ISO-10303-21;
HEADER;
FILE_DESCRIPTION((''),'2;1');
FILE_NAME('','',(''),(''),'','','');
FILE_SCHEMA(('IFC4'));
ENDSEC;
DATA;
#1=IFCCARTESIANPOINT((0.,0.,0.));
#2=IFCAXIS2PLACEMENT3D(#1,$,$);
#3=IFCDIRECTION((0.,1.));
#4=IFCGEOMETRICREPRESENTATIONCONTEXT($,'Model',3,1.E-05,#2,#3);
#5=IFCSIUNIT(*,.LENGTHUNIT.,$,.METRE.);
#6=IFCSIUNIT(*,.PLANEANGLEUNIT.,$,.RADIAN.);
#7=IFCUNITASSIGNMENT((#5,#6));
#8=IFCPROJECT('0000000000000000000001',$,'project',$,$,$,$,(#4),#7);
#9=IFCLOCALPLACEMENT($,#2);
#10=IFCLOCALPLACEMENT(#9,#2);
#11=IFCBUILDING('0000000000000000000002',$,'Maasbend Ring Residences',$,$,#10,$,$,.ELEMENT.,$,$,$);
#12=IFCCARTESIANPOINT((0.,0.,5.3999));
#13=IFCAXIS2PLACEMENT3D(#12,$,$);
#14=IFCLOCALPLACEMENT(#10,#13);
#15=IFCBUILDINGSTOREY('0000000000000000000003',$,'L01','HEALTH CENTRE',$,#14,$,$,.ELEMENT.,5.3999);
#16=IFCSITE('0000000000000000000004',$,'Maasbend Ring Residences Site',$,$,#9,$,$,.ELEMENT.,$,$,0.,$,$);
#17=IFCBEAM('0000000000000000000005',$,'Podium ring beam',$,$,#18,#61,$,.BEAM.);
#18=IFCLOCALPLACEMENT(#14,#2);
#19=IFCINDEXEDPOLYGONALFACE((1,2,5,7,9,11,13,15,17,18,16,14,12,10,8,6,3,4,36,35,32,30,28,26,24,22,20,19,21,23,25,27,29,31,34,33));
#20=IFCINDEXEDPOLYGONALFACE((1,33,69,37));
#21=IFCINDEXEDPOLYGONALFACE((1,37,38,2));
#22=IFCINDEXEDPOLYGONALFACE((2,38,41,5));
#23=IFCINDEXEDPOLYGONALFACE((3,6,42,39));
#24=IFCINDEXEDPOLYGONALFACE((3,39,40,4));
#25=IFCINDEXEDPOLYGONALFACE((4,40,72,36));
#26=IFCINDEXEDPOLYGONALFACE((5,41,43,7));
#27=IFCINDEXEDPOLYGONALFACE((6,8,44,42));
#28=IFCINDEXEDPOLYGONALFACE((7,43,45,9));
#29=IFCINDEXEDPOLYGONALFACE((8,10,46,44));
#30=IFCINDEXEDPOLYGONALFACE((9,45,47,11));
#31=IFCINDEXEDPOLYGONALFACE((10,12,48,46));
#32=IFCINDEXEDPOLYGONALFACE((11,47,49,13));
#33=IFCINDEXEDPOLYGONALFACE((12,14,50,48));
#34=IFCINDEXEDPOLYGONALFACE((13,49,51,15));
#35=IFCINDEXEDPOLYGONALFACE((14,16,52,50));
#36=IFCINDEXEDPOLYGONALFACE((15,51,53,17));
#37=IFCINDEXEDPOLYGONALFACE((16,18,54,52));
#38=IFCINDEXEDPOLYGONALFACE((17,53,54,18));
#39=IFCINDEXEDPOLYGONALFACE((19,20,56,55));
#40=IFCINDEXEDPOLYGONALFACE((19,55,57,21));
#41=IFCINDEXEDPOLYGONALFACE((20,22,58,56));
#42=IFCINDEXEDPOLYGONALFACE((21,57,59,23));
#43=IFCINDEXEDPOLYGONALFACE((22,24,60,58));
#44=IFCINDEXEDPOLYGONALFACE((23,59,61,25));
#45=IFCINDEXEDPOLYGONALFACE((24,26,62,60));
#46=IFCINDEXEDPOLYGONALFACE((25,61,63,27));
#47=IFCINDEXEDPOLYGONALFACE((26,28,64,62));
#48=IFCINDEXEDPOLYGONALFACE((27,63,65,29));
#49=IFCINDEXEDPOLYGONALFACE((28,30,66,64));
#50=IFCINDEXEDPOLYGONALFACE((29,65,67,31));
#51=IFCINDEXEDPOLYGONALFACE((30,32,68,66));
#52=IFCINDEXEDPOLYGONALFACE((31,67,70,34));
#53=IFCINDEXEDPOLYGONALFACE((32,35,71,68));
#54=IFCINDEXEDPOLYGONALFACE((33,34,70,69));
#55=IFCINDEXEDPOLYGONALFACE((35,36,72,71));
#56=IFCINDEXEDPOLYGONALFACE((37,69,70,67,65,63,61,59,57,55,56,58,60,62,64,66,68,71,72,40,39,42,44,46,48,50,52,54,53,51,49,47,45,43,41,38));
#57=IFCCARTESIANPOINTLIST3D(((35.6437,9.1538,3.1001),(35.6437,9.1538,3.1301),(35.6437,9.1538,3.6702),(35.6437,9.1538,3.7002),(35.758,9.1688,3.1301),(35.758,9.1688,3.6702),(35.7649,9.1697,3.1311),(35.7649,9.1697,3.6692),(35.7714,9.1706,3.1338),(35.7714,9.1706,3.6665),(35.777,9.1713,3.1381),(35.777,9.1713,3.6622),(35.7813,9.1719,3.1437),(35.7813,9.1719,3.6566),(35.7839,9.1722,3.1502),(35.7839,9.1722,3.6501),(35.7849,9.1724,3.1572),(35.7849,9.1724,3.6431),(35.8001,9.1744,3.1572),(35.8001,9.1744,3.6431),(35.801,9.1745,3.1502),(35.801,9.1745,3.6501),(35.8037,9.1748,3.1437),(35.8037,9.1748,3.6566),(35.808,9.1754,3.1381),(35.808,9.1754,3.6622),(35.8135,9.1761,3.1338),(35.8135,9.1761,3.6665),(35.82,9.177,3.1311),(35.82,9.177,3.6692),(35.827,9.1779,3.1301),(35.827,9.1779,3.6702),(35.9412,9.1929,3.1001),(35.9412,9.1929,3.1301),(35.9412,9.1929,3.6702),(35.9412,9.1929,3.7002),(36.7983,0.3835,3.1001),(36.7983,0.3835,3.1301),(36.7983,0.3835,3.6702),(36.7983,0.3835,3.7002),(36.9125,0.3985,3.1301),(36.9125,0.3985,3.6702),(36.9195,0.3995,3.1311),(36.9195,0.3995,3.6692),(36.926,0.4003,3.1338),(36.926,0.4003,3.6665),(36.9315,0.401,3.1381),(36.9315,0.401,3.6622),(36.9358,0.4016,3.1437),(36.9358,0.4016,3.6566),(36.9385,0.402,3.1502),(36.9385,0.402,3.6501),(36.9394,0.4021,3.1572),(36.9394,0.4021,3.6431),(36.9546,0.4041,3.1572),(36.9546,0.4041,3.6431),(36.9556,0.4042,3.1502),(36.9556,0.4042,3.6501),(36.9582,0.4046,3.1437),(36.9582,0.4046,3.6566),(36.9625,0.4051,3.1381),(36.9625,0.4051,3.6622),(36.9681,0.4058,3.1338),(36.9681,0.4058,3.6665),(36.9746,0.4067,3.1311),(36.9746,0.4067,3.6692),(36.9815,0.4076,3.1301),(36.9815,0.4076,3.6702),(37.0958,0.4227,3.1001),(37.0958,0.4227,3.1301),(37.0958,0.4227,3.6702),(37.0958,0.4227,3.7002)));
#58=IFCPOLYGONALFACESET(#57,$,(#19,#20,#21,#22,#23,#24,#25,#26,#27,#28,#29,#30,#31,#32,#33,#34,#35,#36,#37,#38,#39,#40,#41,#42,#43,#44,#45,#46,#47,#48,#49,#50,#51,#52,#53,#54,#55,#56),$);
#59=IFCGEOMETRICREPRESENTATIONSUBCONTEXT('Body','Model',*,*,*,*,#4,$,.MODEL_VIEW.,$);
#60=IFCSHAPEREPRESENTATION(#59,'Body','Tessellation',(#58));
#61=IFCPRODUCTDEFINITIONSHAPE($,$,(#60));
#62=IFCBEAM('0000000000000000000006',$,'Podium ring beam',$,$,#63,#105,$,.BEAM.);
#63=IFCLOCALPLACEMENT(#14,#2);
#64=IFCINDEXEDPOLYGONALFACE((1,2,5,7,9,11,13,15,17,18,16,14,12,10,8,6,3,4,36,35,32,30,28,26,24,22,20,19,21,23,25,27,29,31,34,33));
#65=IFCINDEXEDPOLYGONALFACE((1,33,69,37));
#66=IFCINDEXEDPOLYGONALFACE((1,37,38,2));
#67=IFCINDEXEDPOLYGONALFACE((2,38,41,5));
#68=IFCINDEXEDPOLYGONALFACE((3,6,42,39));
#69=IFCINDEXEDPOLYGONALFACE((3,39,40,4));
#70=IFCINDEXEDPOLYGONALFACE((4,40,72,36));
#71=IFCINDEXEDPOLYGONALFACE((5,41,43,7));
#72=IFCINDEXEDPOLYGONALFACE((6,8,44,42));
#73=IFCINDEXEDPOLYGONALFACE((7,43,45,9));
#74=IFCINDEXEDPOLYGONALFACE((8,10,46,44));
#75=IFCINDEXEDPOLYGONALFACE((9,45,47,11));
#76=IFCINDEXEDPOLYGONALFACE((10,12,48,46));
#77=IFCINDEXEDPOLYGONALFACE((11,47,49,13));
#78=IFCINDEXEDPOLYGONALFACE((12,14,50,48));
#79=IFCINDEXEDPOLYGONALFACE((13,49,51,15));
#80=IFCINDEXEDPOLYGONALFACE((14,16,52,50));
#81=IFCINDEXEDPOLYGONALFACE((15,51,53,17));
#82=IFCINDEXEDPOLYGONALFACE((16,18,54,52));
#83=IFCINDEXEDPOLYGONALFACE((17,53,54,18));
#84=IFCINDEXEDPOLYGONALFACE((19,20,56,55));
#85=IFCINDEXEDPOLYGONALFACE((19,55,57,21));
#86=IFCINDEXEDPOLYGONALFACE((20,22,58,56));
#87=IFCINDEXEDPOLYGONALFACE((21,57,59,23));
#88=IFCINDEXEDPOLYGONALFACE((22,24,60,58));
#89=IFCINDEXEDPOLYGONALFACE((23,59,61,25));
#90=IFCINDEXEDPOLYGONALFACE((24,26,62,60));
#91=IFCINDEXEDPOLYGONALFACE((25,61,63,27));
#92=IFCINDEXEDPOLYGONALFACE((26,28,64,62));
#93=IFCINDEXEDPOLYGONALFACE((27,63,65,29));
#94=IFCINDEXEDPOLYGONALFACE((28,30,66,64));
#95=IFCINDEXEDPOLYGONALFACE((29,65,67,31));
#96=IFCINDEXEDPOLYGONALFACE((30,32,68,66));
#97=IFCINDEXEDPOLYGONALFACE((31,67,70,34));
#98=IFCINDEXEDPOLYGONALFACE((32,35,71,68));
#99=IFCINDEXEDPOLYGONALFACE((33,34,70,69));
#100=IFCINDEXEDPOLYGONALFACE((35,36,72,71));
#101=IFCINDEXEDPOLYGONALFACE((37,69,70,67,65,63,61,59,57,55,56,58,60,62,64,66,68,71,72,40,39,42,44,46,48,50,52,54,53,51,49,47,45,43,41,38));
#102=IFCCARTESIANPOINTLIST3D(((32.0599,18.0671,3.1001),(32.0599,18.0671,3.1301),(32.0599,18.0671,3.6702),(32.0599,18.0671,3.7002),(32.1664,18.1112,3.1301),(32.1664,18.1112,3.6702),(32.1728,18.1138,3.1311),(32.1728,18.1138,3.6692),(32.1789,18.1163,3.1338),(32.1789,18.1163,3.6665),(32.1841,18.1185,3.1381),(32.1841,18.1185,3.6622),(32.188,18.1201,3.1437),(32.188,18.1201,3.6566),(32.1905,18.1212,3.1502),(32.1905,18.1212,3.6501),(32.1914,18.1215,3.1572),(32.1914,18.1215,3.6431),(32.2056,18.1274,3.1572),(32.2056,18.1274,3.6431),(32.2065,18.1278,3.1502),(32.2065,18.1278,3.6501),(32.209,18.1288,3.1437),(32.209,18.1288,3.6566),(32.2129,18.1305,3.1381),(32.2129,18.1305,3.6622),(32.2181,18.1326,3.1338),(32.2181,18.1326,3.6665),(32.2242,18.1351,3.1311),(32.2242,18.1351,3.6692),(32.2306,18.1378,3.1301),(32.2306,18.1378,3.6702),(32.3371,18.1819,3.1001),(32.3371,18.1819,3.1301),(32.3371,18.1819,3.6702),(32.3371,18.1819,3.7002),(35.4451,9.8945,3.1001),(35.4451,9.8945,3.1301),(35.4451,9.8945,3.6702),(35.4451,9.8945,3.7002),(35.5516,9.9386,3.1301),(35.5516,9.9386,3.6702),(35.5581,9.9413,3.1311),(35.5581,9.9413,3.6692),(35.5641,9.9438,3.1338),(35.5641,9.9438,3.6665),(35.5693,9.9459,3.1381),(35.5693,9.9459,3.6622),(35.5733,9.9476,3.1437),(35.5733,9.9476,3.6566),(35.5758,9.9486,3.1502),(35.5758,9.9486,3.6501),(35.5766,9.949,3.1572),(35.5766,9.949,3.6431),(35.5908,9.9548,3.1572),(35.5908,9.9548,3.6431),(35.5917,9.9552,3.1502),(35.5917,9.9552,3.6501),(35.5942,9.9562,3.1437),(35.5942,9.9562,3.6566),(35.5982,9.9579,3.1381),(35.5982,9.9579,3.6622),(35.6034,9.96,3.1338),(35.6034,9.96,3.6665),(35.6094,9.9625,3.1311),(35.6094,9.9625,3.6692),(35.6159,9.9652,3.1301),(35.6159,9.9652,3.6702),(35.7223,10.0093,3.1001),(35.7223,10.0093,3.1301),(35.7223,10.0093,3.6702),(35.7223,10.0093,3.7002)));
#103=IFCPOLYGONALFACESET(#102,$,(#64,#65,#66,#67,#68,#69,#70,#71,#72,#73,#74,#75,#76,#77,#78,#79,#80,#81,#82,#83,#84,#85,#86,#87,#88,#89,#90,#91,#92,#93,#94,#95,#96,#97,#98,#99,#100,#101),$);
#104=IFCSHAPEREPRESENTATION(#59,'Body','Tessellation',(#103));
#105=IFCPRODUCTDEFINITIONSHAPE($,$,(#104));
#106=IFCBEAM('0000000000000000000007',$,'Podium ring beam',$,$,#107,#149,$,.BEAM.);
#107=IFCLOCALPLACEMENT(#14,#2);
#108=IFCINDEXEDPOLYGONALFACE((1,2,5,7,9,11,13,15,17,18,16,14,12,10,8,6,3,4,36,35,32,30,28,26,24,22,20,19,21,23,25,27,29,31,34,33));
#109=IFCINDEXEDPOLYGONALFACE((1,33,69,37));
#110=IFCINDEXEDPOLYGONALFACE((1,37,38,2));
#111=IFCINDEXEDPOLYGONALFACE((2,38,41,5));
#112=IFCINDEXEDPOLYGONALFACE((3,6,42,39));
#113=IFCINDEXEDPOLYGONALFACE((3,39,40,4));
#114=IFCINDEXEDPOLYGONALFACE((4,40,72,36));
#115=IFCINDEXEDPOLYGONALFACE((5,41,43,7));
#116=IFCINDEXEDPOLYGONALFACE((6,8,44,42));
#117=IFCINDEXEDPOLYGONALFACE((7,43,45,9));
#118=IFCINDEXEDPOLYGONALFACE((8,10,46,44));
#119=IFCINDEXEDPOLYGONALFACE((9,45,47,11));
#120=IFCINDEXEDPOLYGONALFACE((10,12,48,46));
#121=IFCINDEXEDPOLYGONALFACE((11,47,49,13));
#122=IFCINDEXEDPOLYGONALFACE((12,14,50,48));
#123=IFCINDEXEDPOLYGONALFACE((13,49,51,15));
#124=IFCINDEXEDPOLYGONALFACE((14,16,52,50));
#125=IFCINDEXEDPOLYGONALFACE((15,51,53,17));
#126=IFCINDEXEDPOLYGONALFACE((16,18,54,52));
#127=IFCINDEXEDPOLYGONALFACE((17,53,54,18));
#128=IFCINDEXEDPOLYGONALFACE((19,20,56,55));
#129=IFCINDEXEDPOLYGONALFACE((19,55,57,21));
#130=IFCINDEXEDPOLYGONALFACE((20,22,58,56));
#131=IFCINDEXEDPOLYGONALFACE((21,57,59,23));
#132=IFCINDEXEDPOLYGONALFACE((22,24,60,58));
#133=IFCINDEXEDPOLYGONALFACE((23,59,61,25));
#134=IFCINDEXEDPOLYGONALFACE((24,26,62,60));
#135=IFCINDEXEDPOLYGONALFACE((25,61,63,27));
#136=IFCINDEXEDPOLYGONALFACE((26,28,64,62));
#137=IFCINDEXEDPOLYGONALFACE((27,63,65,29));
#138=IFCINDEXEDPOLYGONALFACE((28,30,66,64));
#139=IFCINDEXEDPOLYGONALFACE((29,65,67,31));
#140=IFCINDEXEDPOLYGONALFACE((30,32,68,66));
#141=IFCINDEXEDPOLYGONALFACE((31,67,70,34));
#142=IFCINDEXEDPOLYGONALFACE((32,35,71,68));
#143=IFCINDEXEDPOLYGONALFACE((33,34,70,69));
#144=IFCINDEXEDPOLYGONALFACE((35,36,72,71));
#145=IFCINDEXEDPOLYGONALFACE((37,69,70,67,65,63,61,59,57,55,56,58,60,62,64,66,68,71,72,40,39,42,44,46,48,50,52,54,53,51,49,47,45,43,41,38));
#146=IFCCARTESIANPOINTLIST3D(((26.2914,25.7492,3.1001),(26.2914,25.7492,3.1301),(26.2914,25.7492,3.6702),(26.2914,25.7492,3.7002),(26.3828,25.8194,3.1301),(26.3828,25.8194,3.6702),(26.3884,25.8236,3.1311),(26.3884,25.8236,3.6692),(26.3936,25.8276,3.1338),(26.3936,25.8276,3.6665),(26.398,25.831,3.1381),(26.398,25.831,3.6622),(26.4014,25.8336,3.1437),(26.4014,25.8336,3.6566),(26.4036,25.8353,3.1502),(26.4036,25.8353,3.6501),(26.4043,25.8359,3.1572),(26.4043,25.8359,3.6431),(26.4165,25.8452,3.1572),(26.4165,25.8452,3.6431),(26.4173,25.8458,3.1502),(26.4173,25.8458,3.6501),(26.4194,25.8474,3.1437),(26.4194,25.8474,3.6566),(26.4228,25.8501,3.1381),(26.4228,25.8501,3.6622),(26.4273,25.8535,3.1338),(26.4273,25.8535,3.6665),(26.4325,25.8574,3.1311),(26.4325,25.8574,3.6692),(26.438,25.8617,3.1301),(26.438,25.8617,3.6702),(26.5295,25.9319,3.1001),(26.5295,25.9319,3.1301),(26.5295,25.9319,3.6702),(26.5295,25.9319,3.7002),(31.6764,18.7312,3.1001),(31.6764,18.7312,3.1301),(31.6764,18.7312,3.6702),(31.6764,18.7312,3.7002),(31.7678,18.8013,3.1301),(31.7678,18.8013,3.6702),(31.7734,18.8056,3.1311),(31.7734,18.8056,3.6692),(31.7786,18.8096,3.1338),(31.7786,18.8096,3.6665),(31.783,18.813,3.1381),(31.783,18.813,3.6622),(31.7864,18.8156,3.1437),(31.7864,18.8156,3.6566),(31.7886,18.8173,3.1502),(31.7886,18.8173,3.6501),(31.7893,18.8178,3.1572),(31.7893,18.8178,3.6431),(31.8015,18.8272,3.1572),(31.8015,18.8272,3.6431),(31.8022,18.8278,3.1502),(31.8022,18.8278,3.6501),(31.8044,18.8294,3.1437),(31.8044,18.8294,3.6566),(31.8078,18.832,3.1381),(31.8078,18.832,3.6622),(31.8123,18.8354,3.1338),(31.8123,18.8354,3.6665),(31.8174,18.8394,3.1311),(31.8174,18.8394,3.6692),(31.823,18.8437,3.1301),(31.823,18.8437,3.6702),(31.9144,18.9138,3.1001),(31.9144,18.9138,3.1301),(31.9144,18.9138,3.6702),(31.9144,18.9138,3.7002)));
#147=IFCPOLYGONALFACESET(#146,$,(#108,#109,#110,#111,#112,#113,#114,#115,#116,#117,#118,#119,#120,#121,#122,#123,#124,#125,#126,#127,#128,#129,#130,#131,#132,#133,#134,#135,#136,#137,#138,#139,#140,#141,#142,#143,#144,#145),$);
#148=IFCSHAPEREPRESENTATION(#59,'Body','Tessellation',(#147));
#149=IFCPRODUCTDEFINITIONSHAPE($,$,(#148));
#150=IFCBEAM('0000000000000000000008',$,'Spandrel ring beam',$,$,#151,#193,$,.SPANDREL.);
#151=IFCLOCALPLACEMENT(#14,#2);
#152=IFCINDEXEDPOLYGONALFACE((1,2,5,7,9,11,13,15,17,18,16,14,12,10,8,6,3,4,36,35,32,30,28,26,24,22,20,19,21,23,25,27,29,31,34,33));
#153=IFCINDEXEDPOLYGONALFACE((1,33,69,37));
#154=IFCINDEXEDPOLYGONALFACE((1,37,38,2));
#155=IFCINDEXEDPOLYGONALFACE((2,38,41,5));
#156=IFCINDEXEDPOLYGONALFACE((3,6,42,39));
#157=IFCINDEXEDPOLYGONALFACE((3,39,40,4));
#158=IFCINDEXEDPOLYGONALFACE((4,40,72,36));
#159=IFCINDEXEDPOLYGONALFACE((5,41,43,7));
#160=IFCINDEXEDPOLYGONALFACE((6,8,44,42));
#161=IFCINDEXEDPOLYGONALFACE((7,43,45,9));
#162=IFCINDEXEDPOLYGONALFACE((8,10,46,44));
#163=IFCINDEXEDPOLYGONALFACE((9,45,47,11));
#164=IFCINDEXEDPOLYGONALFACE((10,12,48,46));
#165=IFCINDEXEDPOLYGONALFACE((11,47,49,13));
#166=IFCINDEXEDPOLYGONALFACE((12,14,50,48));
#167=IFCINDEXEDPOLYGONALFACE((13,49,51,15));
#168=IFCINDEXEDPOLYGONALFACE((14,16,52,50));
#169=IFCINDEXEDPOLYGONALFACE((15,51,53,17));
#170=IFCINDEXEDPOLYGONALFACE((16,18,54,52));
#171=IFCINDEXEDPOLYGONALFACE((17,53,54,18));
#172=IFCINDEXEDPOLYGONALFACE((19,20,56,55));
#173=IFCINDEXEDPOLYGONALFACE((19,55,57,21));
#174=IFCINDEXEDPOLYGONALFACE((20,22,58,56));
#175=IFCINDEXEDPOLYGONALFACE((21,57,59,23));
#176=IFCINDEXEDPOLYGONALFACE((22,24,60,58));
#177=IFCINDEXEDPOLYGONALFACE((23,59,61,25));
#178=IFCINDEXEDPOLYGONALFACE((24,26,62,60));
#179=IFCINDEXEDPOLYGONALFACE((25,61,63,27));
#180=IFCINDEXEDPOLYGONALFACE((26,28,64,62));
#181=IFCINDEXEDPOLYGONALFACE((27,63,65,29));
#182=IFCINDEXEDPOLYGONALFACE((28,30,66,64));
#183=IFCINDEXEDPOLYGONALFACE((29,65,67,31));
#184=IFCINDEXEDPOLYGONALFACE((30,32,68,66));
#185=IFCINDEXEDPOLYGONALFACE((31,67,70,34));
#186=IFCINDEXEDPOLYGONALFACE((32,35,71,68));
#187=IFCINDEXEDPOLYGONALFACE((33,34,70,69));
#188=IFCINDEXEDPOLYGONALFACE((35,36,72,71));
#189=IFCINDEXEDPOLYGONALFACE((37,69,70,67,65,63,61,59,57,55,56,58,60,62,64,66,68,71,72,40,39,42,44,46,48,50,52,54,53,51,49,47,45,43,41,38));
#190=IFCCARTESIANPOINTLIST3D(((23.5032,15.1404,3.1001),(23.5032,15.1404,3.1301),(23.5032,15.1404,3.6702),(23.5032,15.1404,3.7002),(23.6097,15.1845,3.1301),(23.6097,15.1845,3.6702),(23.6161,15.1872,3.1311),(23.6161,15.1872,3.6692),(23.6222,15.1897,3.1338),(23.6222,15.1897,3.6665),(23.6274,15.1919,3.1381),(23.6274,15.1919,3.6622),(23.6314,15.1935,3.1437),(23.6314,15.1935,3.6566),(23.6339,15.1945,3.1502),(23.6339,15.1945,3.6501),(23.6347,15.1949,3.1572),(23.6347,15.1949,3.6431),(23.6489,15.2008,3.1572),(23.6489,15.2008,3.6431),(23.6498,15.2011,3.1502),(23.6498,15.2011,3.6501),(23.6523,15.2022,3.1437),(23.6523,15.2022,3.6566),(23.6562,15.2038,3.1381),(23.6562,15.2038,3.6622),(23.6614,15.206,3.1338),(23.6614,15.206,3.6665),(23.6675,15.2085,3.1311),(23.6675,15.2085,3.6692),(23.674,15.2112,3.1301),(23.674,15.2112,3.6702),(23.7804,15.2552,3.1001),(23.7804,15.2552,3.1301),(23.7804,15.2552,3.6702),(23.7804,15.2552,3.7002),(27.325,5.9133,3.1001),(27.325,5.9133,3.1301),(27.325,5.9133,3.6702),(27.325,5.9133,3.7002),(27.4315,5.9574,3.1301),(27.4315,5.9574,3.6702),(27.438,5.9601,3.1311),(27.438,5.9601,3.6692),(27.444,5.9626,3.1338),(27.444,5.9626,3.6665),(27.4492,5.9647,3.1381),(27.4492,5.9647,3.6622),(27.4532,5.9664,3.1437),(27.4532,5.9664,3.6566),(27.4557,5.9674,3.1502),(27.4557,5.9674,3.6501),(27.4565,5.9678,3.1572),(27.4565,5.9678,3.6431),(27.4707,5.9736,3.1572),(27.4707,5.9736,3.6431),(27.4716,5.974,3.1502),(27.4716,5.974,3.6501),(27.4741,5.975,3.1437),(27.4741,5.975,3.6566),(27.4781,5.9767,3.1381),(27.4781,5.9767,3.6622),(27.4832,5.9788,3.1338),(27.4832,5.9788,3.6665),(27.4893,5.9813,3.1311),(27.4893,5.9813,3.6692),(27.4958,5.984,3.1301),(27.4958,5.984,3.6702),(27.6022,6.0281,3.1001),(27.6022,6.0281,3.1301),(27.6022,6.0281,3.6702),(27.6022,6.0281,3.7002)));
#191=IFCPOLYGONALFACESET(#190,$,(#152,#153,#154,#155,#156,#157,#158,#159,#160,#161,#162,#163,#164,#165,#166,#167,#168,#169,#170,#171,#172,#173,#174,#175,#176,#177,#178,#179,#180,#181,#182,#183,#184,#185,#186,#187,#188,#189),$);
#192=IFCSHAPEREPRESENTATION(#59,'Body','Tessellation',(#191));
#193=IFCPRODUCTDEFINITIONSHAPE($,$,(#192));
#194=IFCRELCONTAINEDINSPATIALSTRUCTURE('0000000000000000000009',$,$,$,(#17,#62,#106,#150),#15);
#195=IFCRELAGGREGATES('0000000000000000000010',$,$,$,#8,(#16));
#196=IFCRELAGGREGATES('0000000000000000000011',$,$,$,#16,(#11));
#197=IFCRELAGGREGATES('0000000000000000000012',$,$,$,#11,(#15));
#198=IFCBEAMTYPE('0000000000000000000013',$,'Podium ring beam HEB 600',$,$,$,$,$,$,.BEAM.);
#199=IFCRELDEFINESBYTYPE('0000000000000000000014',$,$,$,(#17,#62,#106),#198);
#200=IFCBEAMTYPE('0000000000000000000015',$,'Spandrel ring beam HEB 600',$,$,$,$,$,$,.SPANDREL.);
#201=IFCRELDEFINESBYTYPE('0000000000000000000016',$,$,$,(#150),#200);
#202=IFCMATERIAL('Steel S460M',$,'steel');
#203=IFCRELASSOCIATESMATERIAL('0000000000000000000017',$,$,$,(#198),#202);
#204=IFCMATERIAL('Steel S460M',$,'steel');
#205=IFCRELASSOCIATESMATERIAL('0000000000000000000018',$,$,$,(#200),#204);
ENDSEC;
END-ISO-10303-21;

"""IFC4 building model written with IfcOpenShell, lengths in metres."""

from ifc_helpers import new_model, si_unit, direction, frame, origin, origin_2d, place, context, subcontext, project, spatial, i_section, extrude, material, material_profile, profile_set, type_object, element, save


model = new_model("IFC4")

# Units and contexts
model_context = context("Model", 3, precision=1e-05, world=origin(), true_north=direction((0.0, 1.0)))
body_context = subcontext(model_context, "Body", "Model", "MODEL_VIEW")
ifc_project = project(units=[si_unit("LENGTHUNIT", "METRE"), si_unit("PLANEANGLEUNIT", "RADIAN")], contexts=[model_context])

# Site, building, storey
site_placement = place(None, origin())
site = spatial("IfcSite", under=ifc_project, at=site_placement, Name="Maasbend Ring Residences Site", CompositionType="ELEMENT", RefElevation=0.0)
building_placement = place(site_placement, origin())
building = spatial("IfcBuilding", under=site, at=building_placement, Name="Maasbend Ring Residences", CompositionType="ELEMENT")
storey_placement = place(building_placement, frame((0.0, 0.0, 5.3999)))
storey = spatial("IfcBuildingStorey", under=building, at=storey_placement, Name="L01", Description="HEALTH CENTRE", CompositionType="ELEMENT", Elevation=5.3999)

# Beams
ifc_material_1 = material(Name="Steel S460M", Category="steel")
ifc_material_profile_1 = material_profile(ifc_material_1, i_section(OverallWidth=0.3, OverallDepth=0.6001, WebThickness=0.0154, FlangeThickness=0.03, FilletRadius=0.0271, at=origin_2d()), Name="HEB 600")
ifc_profile_set_1 = profile_set([ifc_material_profile_1], Name="Steel S460M")
beam_type_1 = type_object("IfcBeamType", Name="Podium ring beam HEB 600", PredefinedType="BEAM", material=ifc_profile_set_1)
for number, where, z_axis, x_axis, name in (
    (1, (36.947, 0.4031, 3.4001), (-0.130517, 0.991446, 0.0), (-0.991446, -0.130517, 0.0), "Podium ring beam"),
    (2, (35.5837, 9.9519, 3.4001), (-0.382688, 0.923878, 0.0), (-0.923878, -0.382688, 0.0), "Podium ring beam"),
    (3, (31.7954, 18.8225, 3.4001), (-0.608751, 0.793361, 0.0), (-0.793361, -0.608751, 0.0), "Podium ring beam"),
):
    element("IfcBeam", number, at=place(storey_placement, frame(where, z_axis=z_axis, x_axis=x_axis)), inside=storey, type_object=beam_type_1, Name=name, PredefinedType="BEAM", context=body_context, shape_type="SweptSolid", body=[
        extrude(i_section(OverallWidth=0.3, OverallDepth=0.6001, WebThickness=0.0154, FlangeThickness=0.03, FilletRadius=0.0271, at=origin_2d()), origin(), (0.0, 0.0, 1.0), 8.8459),
    ])
ifc_material_2 = material(Name="Steel S460M", Category="steel")
ifc_material_profile_2 = material_profile(ifc_material_2, i_section(OverallWidth=0.3, OverallDepth=0.6001, WebThickness=0.0154, FlangeThickness=0.03, FilletRadius=0.0271, at=origin_2d()), Name="HEB 600")
ifc_profile_set_2 = profile_set([ifc_material_profile_2], Name="Steel S460M")
beam_type_2 = type_object("IfcBeamType", Name="Spandrel ring beam HEB 600", PredefinedType="SPANDREL", material=ifc_profile_set_2)
beam_1_placement = place(storey_placement, frame((27.4636, 5.9707, 3.4001), z_axis=(-0.382667, 0.923886, 0.0), x_axis=(-0.923886, -0.382667, 0.0)))
element("IfcBeam", 4, at=beam_1_placement, inside=storey, type_object=beam_type_2, Name="Spandrel ring beam", PredefinedType="SPANDREL", context=body_context, shape_type="SweptSolid", body=[
    extrude(i_section(OverallWidth=0.3, OverallDepth=0.6001, WebThickness=0.0154, FlangeThickness=0.03, FilletRadius=0.0271, at=origin_2d()), origin(), (0.0, 0.0, 1.0), 9.9873),
])

save(model, "model.ifc")
